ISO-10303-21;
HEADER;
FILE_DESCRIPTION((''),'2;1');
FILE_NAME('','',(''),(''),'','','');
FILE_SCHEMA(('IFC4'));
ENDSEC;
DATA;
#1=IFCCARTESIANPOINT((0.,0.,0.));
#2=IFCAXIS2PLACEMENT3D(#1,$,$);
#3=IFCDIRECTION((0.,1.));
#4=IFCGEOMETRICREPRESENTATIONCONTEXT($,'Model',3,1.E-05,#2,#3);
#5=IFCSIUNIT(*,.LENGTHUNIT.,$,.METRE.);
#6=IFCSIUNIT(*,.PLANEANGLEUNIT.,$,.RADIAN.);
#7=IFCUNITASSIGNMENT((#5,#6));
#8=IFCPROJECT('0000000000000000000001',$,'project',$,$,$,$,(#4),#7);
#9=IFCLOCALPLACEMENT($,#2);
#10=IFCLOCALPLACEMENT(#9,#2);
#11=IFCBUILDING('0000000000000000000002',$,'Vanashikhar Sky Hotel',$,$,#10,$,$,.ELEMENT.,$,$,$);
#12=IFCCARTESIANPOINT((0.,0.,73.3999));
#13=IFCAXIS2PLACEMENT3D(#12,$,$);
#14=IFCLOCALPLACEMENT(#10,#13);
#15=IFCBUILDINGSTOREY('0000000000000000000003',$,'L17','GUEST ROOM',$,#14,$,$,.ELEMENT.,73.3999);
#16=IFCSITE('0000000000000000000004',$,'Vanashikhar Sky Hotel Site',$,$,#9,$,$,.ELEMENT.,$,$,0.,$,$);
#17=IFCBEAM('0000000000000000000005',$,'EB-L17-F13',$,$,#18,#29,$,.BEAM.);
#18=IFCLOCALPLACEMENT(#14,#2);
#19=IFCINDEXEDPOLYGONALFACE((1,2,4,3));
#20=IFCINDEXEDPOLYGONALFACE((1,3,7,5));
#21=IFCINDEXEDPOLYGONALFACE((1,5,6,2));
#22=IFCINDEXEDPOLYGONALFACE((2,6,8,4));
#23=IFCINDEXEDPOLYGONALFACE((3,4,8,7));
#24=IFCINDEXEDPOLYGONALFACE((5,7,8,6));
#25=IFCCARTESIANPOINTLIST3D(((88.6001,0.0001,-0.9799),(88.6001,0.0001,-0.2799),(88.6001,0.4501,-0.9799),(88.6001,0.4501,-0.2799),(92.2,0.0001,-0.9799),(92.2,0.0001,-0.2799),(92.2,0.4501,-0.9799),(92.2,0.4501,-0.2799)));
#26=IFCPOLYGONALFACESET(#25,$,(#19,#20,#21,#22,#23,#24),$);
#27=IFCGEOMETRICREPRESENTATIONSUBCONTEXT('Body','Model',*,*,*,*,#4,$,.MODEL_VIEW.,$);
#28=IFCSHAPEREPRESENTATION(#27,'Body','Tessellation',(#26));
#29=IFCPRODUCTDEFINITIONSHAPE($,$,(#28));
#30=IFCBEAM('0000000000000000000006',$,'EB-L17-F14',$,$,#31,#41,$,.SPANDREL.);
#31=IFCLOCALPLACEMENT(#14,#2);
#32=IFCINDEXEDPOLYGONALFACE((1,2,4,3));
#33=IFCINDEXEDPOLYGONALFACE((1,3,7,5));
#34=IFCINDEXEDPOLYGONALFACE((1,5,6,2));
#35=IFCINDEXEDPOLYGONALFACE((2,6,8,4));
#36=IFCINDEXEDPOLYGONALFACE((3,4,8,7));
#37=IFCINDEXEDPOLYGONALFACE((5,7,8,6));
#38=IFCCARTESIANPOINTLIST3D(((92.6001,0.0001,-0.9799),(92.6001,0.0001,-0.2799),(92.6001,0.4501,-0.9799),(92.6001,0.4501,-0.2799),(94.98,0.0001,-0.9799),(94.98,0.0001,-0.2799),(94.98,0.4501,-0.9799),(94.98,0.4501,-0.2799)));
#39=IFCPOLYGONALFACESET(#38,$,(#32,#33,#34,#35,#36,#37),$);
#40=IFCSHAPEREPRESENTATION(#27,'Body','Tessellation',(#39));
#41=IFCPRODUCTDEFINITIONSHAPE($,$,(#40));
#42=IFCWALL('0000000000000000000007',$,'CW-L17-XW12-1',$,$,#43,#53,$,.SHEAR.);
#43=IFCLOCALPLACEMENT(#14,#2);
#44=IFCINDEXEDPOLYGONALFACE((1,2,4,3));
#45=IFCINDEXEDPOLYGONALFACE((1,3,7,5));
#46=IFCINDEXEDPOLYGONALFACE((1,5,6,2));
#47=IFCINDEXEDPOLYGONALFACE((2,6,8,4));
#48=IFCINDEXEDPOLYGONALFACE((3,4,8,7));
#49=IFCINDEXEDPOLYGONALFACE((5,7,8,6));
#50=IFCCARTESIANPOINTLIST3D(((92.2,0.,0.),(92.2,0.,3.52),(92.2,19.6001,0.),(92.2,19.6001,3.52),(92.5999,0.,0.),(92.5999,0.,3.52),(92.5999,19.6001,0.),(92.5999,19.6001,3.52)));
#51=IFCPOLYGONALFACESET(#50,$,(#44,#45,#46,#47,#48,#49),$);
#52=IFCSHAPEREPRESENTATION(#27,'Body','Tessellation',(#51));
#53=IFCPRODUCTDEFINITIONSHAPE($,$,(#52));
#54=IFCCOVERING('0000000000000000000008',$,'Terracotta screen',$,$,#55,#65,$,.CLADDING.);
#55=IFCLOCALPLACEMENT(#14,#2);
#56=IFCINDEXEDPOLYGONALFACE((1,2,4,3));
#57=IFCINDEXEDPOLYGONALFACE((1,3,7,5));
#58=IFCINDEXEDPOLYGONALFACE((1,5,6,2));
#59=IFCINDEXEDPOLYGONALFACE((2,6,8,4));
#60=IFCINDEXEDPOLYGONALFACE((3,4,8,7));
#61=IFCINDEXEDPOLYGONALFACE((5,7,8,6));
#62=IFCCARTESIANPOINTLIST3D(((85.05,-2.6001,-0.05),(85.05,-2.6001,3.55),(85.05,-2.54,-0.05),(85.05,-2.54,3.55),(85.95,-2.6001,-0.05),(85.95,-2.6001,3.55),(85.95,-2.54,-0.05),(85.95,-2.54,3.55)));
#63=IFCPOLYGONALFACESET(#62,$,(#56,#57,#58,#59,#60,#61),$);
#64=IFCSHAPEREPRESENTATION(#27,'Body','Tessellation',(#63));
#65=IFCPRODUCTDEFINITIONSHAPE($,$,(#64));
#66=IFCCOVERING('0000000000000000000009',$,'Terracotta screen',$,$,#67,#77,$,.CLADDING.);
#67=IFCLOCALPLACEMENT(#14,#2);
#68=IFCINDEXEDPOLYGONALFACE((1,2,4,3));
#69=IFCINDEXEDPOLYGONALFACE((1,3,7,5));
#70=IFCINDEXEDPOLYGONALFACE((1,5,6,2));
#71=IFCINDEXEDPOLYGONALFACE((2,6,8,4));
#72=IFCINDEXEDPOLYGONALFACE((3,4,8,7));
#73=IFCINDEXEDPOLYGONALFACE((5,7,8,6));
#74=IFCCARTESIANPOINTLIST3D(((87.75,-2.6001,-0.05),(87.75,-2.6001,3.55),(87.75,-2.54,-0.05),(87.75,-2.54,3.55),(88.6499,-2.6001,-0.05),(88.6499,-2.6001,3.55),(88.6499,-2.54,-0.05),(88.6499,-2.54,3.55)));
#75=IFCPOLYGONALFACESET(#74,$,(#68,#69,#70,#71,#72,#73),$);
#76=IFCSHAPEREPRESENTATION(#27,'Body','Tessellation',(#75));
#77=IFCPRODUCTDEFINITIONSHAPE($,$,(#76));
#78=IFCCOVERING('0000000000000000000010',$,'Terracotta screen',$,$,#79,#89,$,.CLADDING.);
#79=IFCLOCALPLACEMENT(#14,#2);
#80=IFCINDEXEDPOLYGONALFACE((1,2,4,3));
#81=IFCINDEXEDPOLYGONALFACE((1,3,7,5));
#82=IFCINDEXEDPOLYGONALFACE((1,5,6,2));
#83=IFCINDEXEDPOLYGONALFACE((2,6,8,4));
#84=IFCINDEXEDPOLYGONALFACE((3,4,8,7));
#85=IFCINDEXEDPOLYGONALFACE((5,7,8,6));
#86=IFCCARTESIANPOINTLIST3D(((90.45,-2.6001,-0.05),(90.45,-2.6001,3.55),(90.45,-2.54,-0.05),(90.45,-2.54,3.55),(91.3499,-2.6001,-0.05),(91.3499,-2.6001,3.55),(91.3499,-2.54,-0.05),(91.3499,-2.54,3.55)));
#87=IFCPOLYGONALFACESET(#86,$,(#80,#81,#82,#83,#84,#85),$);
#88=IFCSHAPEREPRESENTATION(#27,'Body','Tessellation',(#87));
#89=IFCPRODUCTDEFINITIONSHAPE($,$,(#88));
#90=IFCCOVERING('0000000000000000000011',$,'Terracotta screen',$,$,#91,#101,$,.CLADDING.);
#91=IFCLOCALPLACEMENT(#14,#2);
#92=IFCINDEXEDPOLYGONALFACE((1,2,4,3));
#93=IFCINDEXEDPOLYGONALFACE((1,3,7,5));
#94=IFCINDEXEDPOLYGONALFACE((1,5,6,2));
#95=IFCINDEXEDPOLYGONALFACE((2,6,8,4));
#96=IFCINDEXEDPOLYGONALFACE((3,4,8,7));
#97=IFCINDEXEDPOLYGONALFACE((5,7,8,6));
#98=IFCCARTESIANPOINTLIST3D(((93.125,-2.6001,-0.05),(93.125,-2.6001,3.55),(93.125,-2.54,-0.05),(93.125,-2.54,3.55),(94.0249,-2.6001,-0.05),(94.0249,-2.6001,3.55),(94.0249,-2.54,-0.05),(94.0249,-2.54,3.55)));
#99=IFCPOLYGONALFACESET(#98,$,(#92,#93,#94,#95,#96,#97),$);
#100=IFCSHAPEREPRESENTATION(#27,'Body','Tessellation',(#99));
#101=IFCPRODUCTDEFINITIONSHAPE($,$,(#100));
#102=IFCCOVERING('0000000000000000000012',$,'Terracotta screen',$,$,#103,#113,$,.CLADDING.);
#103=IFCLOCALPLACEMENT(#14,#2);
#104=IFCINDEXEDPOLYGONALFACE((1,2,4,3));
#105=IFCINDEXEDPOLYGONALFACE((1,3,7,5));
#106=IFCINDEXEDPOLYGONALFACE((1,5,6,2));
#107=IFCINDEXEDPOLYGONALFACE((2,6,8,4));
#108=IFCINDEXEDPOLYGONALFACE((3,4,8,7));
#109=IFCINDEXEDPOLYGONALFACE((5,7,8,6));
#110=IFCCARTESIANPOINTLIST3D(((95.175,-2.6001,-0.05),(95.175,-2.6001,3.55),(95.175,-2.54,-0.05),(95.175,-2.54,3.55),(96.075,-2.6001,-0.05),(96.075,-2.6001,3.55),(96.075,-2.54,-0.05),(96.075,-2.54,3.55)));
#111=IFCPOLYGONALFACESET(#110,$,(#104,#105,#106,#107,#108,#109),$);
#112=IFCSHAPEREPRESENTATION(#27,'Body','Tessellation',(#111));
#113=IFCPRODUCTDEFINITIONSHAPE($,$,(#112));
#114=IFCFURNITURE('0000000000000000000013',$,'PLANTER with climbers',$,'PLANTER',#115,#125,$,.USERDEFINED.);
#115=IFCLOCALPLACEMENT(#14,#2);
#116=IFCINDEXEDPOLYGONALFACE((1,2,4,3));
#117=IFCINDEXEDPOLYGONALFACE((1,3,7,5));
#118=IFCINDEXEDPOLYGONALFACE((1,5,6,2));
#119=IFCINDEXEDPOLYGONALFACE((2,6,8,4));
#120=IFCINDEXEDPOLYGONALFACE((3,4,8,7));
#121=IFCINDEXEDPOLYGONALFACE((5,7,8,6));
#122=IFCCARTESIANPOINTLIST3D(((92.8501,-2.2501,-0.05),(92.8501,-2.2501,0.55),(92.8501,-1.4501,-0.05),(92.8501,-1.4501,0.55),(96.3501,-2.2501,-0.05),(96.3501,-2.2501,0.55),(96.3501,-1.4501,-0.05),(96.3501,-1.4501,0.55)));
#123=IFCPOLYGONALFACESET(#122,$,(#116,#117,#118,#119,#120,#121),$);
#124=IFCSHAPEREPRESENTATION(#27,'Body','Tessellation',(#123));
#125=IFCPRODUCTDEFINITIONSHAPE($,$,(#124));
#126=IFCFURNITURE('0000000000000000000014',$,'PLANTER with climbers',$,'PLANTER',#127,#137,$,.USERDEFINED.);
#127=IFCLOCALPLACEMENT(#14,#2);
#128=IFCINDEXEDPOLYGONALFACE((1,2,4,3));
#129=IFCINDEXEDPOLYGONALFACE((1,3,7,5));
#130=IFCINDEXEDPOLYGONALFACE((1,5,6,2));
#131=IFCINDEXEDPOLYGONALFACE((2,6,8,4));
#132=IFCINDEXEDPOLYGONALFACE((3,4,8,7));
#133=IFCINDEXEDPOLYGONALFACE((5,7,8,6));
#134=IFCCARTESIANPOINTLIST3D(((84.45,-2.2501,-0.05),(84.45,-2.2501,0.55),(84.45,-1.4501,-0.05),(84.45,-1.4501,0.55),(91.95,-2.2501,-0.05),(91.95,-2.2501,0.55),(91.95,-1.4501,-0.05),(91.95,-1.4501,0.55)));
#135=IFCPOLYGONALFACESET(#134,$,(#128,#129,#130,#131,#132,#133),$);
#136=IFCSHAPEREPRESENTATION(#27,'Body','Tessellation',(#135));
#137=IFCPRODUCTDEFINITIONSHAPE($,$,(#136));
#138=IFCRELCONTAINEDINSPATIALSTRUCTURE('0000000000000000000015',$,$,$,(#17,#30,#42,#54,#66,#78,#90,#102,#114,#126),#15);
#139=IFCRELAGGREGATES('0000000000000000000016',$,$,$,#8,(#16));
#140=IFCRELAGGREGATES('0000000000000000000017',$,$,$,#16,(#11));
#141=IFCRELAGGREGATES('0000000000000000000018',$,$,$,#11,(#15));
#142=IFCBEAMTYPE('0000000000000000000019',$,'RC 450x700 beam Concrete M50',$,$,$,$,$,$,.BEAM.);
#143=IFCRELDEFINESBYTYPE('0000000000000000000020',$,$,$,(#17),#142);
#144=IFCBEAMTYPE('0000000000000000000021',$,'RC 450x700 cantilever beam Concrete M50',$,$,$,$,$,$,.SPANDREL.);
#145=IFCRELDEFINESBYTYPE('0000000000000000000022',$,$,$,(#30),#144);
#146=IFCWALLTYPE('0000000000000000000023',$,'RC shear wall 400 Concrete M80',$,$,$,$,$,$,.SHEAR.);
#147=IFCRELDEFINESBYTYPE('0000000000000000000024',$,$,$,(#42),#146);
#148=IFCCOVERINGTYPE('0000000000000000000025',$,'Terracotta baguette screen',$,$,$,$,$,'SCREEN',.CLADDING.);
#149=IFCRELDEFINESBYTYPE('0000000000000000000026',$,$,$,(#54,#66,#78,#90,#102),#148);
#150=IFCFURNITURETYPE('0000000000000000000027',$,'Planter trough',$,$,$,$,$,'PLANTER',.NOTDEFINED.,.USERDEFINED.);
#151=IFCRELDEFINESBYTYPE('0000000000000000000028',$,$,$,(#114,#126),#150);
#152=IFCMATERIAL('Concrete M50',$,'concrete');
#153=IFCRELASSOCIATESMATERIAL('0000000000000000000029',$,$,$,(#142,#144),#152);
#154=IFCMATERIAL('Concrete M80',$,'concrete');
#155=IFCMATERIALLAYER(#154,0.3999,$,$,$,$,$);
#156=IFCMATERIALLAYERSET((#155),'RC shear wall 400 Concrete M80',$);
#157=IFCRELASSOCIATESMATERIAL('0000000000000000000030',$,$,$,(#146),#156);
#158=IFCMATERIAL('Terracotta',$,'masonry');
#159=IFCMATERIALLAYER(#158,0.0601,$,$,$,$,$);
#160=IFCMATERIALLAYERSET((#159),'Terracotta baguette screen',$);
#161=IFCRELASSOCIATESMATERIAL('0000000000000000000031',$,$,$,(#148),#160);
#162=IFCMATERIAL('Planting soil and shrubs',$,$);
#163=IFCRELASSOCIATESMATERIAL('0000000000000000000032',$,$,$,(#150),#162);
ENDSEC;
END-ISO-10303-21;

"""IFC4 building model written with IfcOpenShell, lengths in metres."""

from ifc_helpers import new_model, si_unit, direction, frame, frame_2d, origin, origin_2d, place, context, subcontext, project, spatial, rectangle, extrude, source, transform, mapped, material, layer, layer_set, material_profile, profile_set, type_object, element, save


model = new_model("IFC4")

# Units and contexts
model_context = context("Model", 3, precision=1e-05, world=origin(), true_north=direction((0.0, 1.0)))
body_context = subcontext(model_context, "Body", "Model", "MODEL_VIEW")
ifc_project = project(units=[si_unit("LENGTHUNIT", "METRE"), si_unit("PLANEANGLEUNIT", "RADIAN")], contexts=[model_context])

# Site, building, storey
site_placement = place(None, origin())
site = spatial("IfcSite", under=ifc_project, at=site_placement, Name="Vanashikhar Sky Hotel Site", CompositionType="ELEMENT", RefElevation=0.0)
building_placement = place(site_placement, origin())
building = spatial("IfcBuilding", under=site, at=building_placement, Name="Vanashikhar Sky Hotel", CompositionType="ELEMENT")
storey_placement = place(building_placement, frame((0.0, 0.0, 73.3999)))
storey = spatial("IfcBuildingStorey", under=building, at=storey_placement, Name="L17", Description="GUEST ROOM", CompositionType="ELEMENT", Elevation=73.3999)

# Beams
ifc_material_1 = material(Name="Concrete M50", Category="concrete")
ifc_material_profile_1 = material_profile(ifc_material_1, rectangle(XDim=0.45, YDim=0.7, at=origin_2d()))
ifc_profile_set_1 = profile_set([ifc_material_profile_1], Name="RC 450x700 beam Concrete M50")
beam_type_1 = type_object("IfcBeamType", Name="RC 450x700 beam Concrete M50", PredefinedType="BEAM", material=ifc_profile_set_1)
shared_shape_1 = source(origin(), body_context, "Body", "SweptSolid", [
    extrude(rectangle(XDim=0.45, YDim=0.7, at=origin_2d()), origin(), (0.0, 0.0, 1.0), 3.5999),
])
beam_1_placement = place(storey_placement, frame((88.6001, 0.2251, -0.6299), z_axis=(1.0, 0.0, 0.0), x_axis=(0.0, 1.0, 0.0)))
element("IfcBeam", 1, at=beam_1_placement, inside=storey, type_object=beam_type_1, Name="EB-L17-F13", PredefinedType="BEAM", context=body_context, shape_type="MappedRepresentation", body=[
    mapped(shared_shape_1, transform((0.0, 0.0, 0.0), scale=1.0)),
])
ifc_material_profile_2 = material_profile(ifc_material_1, rectangle(XDim=0.45, YDim=0.7, at=origin_2d()))
ifc_profile_set_2 = profile_set([ifc_material_profile_2], Name="RC 450x700 cantilever beam Concrete M50")
beam_type_2 = type_object("IfcBeamType", Name="RC 450x700 cantilever beam Concrete M50", PredefinedType="SPANDREL", material=ifc_profile_set_2)
shared_shape_2 = source(origin(), body_context, "Body", "SweptSolid", [
    extrude(rectangle(XDim=0.45, YDim=0.7, at=origin_2d()), origin(), (0.0, 0.0, 1.0), 2.3799),
])
beam_2_placement = place(storey_placement, frame((92.6001, 0.2251, -0.6299), z_axis=(1.0, 0.0, 0.0), x_axis=(0.0, 1.0, 0.0)))
element("IfcBeam", 2, at=beam_2_placement, inside=storey, type_object=beam_type_2, Name="EB-L17-F14", PredefinedType="SPANDREL", context=body_context, shape_type="MappedRepresentation", body=[
    mapped(shared_shape_2, transform((0.0, 0.0, 0.0), scale=1.0)),
])

# Wall
ifc_material_2 = material(Name="Concrete M80", Category="concrete")
ifc_layer_1 = layer(ifc_material_2, 0.3999)
ifc_layer_set_1 = layer_set([ifc_layer_1], Name="RC shear wall 400 Concrete M80")
wall_type_1 = type_object("IfcWallType", Name="RC shear wall 400 Concrete M80", PredefinedType="SHEAR", material=ifc_layer_set_1)
shared_shape_3 = source(origin(), body_context, "Body", "SweptSolid", [
    extrude(rectangle(XDim=19.6001, YDim=0.3999, at=frame_2d((9.8, 0.0))), origin(), (0.0, 0.0, 1.0), 3.52),
])
wall_1_placement = place(storey_placement, frame((92.3999, 0.0, 0.0), z_axis=(0.0, 0.0, 1.0), x_axis=(0.0, 1.0, 0.0)))
element("IfcWall", 3, at=wall_1_placement, inside=storey, type_object=wall_type_1, Name="CW-L17-XW12-1", PredefinedType="SHEAR", context=body_context, shape_type="MappedRepresentation", body=[
    mapped(shared_shape_3, transform((0.0, 0.0, 0.0), scale=1.0)),
])

# Coverings
ifc_material_3 = material(Name="Terracotta", Category="masonry")
ifc_layer_2 = layer(ifc_material_3, 0.0601)
ifc_layer_set_2 = layer_set([ifc_layer_2], Name="Terracotta baguette screen")
covering_type = type_object("IfcCoveringType", Name="Terracotta baguette screen", ElementType="SCREEN", PredefinedType="CLADDING", material=ifc_layer_set_2)
shared_shape_4 = source(origin(), body_context, "Body", "SweptSolid", [
    extrude(rectangle(XDim=0.8999, YDim=0.0601, at=origin_2d()), origin(), (0.0, 0.0, 1.0), 3.6001),
])
for number, where, z_axis, x_axis, name in (
    (4, (85.5, -2.5701, -0.05), (0.0, 0.0, 1.0), (1.0, 0.0, 0.0), "Terracotta screen"),
    (5, (88.2, -2.5701, -0.05), (0.0, 0.0, 1.0), (1.0, 0.0, 0.0), "Terracotta screen"),
    (6, (90.8999, -2.5701, -0.05), (0.0, 0.0, 1.0), (1.0, 0.0, 0.0), "Terracotta screen"),
    (7, (93.575, -2.5701, -0.05), (0.0, 0.0, 1.0), (1.0, 0.0, 0.0), "Terracotta screen"),
    (8, (95.625, -2.5701, -0.05), (0.0, 0.0, 1.0), (1.0, 0.0, 0.0), "Terracotta screen"),
):
    element("IfcCovering", number, at=place(storey_placement, frame(where, z_axis=z_axis, x_axis=x_axis)), inside=storey, type_object=covering_type, Name=name, PredefinedType="CLADDING", context=body_context, shape_type="MappedRepresentation", body=[
        mapped(shared_shape_4, transform((0.0, 0.0, 0.0), scale=1.0)),
    ])

# Furniture
ifc_material_4 = material(Name="Planting soil and shrubs")
furniture_type = type_object("IfcFurnitureType", Name="Planter trough", ElementType="PLANTER", AssemblyPlace="NOTDEFINED", PredefinedType="USERDEFINED", material=ifc_material_4)
shared_shape_5 = source(origin(), body_context, "Body", "SweptSolid", [
    extrude(rectangle(XDim=3.5, YDim=0.8, at=origin_2d()), origin(), (0.0, 0.0, 1.0), 0.6001),
])
furniture_1_placement = place(storey_placement, frame((94.6001, -1.8501, -0.05), z_axis=(0.0, 0.0, 1.0), x_axis=(1.0, 0.0, 0.0)))
element("IfcFurniture", 9, at=furniture_1_placement, inside=storey, type_object=furniture_type, Name="PLANTER with climbers", ObjectType="PLANTER", PredefinedType="USERDEFINED", context=body_context, shape_type="MappedRepresentation", body=[
    mapped(shared_shape_5, transform((0.0, 0.0, 0.0), scale=1.0)),
])
shared_shape_6 = source(origin(), body_context, "Body", "SweptSolid", [
    extrude(rectangle(XDim=7.5, YDim=0.8, at=origin_2d()), origin(), (0.0, 0.0, 1.0), 0.6001),
])
furniture_2_placement = place(storey_placement, frame((88.2, -1.8501, -0.05), z_axis=(0.0, 0.0, 1.0), x_axis=(1.0, 0.0, 0.0)))
element("IfcFurniture", 10, at=furniture_2_placement, inside=storey, type_object=furniture_type, Name="PLANTER with climbers", ObjectType="PLANTER", PredefinedType="USERDEFINED", context=body_context, shape_type="MappedRepresentation", body=[
    mapped(shared_shape_6, transform((0.0, 0.0, 0.0), scale=1.0)),
])

save(model, "model.ifc")
